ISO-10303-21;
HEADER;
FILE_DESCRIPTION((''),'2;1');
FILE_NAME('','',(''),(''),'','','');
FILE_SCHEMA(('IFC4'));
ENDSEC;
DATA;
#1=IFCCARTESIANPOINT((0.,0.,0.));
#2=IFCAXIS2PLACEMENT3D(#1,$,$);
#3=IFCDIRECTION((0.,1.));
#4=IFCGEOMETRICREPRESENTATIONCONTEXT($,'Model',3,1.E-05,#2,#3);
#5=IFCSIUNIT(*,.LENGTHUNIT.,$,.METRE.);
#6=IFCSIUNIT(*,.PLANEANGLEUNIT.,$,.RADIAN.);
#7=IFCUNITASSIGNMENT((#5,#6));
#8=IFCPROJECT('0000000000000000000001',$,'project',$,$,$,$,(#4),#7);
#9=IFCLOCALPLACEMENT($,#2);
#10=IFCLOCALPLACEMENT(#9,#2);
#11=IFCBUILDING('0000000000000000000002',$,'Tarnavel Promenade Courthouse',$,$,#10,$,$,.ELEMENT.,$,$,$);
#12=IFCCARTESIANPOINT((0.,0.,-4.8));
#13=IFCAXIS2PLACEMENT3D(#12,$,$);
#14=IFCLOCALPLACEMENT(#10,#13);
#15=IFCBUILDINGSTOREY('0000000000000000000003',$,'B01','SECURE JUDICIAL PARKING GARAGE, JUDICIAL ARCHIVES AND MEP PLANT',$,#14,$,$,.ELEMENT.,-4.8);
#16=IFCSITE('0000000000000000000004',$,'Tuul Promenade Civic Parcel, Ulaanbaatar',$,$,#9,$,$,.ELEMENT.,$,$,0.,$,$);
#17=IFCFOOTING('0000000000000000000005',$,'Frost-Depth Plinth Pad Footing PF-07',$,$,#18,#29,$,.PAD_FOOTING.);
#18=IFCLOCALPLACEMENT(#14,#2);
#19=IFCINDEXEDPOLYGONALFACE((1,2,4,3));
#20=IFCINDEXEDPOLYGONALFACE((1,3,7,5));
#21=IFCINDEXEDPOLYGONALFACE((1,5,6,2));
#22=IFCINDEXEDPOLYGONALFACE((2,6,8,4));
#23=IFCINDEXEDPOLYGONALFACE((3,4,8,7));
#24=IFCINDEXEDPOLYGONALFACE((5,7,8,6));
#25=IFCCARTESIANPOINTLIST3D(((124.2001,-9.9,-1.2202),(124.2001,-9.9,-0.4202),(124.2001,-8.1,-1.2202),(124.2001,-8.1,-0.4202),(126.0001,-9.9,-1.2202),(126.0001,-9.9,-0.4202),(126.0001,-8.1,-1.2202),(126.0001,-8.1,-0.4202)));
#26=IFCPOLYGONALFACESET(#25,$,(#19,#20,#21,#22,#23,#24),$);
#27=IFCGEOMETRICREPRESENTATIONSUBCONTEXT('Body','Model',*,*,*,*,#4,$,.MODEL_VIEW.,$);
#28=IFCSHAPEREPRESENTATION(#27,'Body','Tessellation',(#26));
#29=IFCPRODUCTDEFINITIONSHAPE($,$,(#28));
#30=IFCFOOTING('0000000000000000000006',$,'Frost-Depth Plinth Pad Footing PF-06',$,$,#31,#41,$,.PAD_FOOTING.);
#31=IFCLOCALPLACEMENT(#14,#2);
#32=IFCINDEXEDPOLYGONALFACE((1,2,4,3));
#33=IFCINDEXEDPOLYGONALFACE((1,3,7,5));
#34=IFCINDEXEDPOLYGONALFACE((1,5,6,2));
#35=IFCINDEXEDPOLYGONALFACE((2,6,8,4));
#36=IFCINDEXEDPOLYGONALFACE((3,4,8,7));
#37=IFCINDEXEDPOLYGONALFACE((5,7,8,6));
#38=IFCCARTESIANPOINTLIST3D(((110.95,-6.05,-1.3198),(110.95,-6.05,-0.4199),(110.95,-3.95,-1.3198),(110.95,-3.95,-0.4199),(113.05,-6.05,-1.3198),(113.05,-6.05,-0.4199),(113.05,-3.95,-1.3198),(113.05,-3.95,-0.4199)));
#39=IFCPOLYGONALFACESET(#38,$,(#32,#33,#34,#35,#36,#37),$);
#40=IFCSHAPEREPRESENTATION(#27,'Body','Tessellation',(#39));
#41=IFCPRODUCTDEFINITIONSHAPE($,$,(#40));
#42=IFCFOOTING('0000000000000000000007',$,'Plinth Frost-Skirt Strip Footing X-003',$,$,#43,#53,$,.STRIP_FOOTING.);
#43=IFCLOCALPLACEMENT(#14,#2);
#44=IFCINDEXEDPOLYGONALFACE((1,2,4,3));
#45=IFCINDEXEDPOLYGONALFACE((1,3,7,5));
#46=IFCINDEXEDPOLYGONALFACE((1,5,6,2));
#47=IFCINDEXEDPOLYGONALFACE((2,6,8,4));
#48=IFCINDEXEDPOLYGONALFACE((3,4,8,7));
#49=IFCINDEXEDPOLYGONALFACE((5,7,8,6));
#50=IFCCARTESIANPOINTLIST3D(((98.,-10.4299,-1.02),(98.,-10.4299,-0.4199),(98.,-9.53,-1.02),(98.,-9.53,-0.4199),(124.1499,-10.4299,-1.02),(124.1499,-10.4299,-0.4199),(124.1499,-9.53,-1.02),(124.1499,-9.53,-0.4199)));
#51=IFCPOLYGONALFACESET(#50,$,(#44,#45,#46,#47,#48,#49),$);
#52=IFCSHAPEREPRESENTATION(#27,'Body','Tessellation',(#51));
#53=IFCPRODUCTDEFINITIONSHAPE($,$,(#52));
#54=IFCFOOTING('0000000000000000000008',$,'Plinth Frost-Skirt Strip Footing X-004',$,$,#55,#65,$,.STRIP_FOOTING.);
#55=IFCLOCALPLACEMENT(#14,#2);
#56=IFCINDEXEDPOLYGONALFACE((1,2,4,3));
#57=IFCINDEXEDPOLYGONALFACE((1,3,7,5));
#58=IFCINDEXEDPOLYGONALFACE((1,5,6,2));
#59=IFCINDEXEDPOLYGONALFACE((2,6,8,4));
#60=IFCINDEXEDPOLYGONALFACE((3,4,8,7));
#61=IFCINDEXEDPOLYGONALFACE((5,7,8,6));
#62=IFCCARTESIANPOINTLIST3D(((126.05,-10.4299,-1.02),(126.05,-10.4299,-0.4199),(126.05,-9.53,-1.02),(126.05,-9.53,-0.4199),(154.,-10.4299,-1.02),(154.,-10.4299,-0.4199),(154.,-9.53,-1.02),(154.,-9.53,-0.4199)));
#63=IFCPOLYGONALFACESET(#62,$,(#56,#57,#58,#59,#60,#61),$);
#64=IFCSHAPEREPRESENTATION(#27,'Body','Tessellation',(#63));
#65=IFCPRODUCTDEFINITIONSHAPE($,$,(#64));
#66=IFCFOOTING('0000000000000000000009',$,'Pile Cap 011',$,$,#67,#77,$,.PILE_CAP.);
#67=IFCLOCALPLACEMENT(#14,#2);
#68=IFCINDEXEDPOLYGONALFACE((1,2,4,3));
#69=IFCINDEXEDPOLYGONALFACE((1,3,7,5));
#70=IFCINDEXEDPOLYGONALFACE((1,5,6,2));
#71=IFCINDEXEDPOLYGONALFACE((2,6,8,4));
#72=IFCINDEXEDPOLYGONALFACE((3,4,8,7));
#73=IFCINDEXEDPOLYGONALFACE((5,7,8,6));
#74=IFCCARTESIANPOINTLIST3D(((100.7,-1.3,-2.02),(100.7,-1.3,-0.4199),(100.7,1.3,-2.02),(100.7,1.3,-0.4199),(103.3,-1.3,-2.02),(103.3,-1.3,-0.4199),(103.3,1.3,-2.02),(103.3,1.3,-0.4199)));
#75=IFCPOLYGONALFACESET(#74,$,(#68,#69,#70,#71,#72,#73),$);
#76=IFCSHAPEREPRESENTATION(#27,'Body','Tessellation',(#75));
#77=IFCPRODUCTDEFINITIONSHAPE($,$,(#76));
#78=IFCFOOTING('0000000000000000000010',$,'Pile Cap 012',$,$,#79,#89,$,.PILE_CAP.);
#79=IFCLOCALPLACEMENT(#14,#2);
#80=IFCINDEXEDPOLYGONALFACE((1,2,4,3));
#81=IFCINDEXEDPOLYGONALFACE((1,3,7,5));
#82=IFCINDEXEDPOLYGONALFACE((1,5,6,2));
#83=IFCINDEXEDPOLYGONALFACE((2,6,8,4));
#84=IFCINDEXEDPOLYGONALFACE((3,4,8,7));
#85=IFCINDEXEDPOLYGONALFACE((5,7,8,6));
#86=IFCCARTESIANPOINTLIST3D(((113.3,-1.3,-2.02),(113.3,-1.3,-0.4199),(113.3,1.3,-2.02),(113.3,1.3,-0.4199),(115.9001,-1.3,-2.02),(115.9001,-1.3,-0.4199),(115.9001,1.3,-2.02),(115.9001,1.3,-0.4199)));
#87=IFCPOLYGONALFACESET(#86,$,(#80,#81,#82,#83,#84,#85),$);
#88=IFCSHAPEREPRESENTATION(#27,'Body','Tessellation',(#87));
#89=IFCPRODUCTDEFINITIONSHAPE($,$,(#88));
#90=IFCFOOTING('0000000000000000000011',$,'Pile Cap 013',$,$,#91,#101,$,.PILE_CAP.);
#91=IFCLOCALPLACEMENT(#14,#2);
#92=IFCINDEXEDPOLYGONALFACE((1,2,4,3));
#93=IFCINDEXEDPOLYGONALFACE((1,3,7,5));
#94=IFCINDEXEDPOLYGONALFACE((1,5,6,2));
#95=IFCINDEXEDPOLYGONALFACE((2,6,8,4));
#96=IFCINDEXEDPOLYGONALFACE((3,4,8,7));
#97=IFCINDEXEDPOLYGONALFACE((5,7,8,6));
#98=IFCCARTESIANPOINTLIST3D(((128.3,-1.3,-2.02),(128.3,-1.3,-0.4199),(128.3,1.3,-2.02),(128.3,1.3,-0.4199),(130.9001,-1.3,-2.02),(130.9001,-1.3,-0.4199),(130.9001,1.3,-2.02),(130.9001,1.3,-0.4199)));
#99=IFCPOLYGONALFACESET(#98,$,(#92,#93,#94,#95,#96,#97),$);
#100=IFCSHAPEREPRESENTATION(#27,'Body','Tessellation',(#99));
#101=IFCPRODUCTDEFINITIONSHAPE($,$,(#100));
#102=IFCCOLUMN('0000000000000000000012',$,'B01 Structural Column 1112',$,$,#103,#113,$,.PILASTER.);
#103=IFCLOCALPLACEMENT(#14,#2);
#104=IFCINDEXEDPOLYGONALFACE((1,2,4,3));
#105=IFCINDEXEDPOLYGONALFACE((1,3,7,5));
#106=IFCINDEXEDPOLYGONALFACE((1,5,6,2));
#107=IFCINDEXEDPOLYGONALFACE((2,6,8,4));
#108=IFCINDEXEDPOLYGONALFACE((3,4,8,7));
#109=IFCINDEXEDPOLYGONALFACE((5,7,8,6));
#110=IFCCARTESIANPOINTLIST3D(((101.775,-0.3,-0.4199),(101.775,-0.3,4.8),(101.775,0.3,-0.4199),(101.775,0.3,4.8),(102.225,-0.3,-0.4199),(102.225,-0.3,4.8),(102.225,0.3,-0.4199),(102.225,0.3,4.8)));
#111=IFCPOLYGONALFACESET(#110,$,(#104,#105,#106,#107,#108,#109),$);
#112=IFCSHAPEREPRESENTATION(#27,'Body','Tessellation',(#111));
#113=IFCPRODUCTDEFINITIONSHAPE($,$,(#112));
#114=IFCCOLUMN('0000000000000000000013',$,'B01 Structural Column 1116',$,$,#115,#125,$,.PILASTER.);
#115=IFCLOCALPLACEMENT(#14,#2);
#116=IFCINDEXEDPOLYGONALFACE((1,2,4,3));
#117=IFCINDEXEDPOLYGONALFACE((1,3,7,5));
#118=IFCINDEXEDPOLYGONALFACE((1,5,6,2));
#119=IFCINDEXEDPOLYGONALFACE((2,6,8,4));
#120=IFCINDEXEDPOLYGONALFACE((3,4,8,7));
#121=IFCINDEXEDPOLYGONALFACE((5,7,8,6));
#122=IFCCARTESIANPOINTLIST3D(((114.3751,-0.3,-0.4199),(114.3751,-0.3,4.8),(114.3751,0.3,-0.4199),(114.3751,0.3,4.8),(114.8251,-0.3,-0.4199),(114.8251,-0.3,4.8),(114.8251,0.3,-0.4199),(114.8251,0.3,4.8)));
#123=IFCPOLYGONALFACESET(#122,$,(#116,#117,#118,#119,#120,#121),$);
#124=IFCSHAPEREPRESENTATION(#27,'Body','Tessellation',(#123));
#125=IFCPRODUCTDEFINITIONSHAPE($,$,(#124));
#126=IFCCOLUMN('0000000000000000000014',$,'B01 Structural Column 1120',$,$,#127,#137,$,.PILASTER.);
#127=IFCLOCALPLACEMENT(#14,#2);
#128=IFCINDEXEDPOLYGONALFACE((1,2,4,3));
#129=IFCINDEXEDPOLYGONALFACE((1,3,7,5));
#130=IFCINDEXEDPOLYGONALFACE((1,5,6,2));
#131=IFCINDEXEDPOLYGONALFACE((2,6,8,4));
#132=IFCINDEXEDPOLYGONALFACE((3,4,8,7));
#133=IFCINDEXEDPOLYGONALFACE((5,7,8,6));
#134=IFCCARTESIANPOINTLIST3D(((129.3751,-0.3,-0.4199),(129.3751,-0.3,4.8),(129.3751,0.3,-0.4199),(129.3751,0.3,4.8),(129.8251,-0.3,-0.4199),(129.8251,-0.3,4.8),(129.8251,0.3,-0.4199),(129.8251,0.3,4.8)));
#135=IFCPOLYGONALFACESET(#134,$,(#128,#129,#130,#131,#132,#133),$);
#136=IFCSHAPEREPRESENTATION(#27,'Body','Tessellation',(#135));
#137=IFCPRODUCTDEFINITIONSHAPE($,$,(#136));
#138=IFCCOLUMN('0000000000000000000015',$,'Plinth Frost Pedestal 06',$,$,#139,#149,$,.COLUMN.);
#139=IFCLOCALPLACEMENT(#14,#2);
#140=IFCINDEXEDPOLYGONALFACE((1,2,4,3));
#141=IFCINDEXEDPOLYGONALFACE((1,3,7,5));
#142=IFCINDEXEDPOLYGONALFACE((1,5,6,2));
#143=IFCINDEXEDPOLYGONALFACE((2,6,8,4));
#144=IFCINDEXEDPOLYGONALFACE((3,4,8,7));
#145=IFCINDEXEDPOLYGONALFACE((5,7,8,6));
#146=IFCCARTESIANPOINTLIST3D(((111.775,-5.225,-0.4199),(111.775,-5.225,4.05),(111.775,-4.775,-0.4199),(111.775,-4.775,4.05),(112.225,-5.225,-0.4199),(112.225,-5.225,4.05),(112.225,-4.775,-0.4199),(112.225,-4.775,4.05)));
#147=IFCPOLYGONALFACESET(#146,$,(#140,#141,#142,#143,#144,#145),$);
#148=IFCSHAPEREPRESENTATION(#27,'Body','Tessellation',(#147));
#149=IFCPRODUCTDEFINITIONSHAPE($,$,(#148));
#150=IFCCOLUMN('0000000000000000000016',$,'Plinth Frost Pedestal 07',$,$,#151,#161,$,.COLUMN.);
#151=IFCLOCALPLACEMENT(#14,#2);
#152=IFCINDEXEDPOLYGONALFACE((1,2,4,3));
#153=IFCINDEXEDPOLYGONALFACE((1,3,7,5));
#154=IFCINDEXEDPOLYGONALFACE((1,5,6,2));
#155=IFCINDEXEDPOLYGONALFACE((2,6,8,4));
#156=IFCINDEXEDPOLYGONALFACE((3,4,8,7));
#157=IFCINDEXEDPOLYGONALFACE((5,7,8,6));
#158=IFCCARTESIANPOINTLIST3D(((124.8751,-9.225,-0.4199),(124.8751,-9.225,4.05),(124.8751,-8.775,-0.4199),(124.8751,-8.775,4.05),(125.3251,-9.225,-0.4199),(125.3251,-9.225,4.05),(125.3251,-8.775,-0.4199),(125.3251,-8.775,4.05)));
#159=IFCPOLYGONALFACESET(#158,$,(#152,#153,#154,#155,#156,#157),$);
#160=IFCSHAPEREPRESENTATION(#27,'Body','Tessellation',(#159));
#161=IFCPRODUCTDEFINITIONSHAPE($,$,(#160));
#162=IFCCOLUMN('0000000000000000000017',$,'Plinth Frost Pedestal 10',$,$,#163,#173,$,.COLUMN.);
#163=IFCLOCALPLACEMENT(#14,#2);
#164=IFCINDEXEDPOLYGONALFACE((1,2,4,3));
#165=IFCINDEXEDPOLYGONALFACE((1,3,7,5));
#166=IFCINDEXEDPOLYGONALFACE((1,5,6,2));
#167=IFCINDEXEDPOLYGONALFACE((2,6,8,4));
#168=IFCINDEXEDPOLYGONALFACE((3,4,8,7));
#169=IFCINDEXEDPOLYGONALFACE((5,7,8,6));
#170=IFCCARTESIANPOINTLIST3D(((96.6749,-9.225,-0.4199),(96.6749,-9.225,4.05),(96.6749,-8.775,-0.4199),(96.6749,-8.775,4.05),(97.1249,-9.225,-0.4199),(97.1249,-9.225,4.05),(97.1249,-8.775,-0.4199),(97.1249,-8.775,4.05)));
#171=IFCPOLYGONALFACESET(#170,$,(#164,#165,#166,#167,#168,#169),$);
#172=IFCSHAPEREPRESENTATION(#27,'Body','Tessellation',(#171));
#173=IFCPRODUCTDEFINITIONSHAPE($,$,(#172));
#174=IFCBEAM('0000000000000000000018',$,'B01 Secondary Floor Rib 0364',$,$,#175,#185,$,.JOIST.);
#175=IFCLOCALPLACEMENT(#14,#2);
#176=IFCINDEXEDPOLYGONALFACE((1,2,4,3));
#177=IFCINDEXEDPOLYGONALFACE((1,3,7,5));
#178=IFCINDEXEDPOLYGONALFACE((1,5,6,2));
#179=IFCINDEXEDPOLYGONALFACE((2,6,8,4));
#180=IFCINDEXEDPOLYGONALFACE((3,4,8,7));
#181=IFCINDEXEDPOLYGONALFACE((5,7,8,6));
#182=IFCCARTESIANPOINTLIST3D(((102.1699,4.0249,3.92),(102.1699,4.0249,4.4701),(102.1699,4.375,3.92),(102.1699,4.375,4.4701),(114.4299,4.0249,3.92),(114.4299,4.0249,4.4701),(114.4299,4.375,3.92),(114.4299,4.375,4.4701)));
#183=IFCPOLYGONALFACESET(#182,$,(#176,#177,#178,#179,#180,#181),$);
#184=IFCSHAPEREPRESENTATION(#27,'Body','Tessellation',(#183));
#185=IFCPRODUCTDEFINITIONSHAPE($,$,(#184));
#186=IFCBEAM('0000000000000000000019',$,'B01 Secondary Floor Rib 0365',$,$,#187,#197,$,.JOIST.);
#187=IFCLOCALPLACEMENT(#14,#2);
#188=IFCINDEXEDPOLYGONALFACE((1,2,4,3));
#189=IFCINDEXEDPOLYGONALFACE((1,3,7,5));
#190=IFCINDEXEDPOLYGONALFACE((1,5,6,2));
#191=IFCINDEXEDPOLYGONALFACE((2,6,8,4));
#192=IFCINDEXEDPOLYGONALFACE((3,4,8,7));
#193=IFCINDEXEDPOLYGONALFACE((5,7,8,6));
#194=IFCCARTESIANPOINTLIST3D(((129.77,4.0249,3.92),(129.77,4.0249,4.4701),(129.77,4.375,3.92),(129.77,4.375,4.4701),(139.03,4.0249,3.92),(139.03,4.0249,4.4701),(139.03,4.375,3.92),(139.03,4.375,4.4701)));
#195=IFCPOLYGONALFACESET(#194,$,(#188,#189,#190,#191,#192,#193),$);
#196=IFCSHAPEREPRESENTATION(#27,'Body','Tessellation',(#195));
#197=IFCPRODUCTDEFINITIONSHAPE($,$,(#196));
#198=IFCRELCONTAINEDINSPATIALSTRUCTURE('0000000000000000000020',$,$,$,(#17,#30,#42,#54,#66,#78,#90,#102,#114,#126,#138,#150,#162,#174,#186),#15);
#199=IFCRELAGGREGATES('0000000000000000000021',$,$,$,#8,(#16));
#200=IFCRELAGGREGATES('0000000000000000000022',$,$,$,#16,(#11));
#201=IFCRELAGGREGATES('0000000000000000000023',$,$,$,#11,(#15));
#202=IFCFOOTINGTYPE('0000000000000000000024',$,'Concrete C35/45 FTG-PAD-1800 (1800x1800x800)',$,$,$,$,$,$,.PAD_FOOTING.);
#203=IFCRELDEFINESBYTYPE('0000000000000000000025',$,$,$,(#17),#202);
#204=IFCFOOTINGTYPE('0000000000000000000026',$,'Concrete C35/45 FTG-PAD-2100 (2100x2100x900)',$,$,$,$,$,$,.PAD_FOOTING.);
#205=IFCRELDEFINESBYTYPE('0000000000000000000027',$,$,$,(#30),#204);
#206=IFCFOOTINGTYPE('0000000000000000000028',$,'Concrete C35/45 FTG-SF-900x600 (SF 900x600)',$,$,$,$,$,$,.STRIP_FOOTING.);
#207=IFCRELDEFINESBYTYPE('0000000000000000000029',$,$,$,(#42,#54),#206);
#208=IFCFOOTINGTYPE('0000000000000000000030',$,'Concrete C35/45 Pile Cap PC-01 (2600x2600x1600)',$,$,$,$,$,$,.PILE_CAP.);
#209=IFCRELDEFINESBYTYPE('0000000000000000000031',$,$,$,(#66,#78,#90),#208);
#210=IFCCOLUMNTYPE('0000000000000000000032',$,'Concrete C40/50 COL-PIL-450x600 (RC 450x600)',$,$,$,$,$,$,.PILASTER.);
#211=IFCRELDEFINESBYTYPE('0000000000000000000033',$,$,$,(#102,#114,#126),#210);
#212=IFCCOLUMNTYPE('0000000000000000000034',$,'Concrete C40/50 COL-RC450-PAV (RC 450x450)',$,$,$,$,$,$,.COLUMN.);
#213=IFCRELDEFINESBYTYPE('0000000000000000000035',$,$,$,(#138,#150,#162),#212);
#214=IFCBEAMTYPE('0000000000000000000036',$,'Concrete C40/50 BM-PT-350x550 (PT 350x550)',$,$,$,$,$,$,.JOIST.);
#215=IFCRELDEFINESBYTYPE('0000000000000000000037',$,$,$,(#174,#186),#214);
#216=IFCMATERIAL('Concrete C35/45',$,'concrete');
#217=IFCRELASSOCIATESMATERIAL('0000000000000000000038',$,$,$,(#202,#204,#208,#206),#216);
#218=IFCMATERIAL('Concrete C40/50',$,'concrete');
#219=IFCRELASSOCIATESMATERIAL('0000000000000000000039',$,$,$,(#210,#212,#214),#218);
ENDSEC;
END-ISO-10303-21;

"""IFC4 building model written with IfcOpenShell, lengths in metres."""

from ifc_helpers import new_model, si_unit, direction, frame, origin, origin_2d, place, context, subcontext, project, spatial, rectangle, extrude, material, material_profile, profile_set, type_object, element, save


model = new_model("IFC4")

# Units and contexts
model_context = context("Model", 3, precision=1e-05, world=origin(), true_north=direction((0.0, 1.0)))
body_context = subcontext(model_context, "Body", "Model", "MODEL_VIEW")
ifc_project = project(units=[si_unit("LENGTHUNIT", "METRE"), si_unit("PLANEANGLEUNIT", "RADIAN")], contexts=[model_context])

# Site, building, storey
site_placement = place(None, origin())
site = spatial("IfcSite", under=ifc_project, at=site_placement, Name="Tuul Promenade Civic Parcel, Ulaanbaatar", CompositionType="ELEMENT", RefElevation=0.0)
building_placement = place(site_placement, origin())
building = spatial("IfcBuilding", under=site, at=building_placement, Name="Tarnavel Promenade Courthouse", CompositionType="ELEMENT")
storey_placement = place(building_placement, frame((0.0, 0.0, -4.8)))
storey = spatial("IfcBuildingStorey", under=building, at=storey_placement, Name="B01", Description="SECURE JUDICIAL PARKING GARAGE, JUDICIAL ARCHIVES AND MEP PLANT", CompositionType="ELEMENT", Elevation=-4.8)

# Footings
ifc_material_1 = material(Name="Concrete C35/45", Category="concrete")
footing_type_1 = type_object("IfcFootingType", Name="Concrete C35/45 FTG-PAD-1800 (1800x1800x800)", PredefinedType="PAD_FOOTING", material=ifc_material_1)
footing_1_placement = place(storey_placement, frame((125.1001, -9.0, -1.2202), z_axis=(0.0, 0.0, 1.0), x_axis=(1.0, 0.0, 0.0)))
element("IfcFooting", 1, at=footing_1_placement, inside=storey, type_object=footing_type_1, Name="Frost-Depth Plinth Pad Footing PF-07", PredefinedType="PAD_FOOTING", context=body_context, shape_type="SweptSolid", body=[
    extrude(rectangle(XDim=1.8, YDim=1.8, at=origin_2d()), origin(), (0.0, 0.0, 1.0), 0.8),
])
footing_type_2 = type_object("IfcFootingType", Name="Concrete C35/45 FTG-PAD-2100 (2100x2100x900)", PredefinedType="PAD_FOOTING", material=ifc_material_1)
footing_2_placement = place(storey_placement, frame((112.0, -5.0, -1.3198), z_axis=(0.0, 0.0, 1.0), x_axis=(1.0, 0.0, 0.0)))
element("IfcFooting", 2, at=footing_2_placement, inside=storey, type_object=footing_type_2, Name="Frost-Depth Plinth Pad Footing PF-06", PredefinedType="PAD_FOOTING", context=body_context, shape_type="SweptSolid", body=[
    extrude(rectangle(XDim=2.1001, YDim=2.1001, at=origin_2d()), origin(), (0.0, 0.0, 1.0), 0.8999),
])
ifc_material_profile_1 = material_profile(ifc_material_1, rectangle(XDim=0.8999, YDim=0.6001, at=origin_2d()), Name="SF 900x600")
ifc_profile_set_1 = profile_set([ifc_material_profile_1], Name="Concrete C35/45")
footing_type_3 = type_object("IfcFootingType", Name="Concrete C35/45 FTG-SF-900x600 (SF 900x600)", PredefinedType="STRIP_FOOTING", material=ifc_profile_set_1)
footing_3_placement = place(storey_placement, frame((98.0, -9.98, -0.72), z_axis=(1.0, 0.0, 0.0), x_axis=(0.0, 1.0, 0.0)))
element("IfcFooting", 3, at=footing_3_placement, inside=storey, type_object=footing_type_3, Name="Plinth Frost-Skirt Strip Footing X-003", PredefinedType="STRIP_FOOTING", context=body_context, shape_type="SweptSolid", body=[
    extrude(rectangle(XDim=0.8999, YDim=0.6001, at=origin_2d()), origin(), (0.0, 0.0, 1.0), 26.1499),
])
footing_4_placement = place(storey_placement, frame((126.05, -9.98, -0.72), z_axis=(1.0, 0.0, 0.0), x_axis=(0.0, 1.0, 0.0)))
element("IfcFooting", 4, at=footing_4_placement, inside=storey, type_object=footing_type_3, Name="Plinth Frost-Skirt Strip Footing X-004", PredefinedType="STRIP_FOOTING", context=body_context, shape_type="SweptSolid", body=[
    extrude(rectangle(XDim=0.8999, YDim=0.6001, at=origin_2d()), origin(), (0.0, 0.0, 1.0), 27.95),
])
footing_type_4 = type_object("IfcFootingType", Name="Concrete C35/45 Pile Cap PC-01 (2600x2600x1600)", PredefinedType="PILE_CAP", material=ifc_material_1)
for number, where, z_axis, x_axis, name in (
    (5, (102.0, 0.0, -2.02), (0.0, 0.0, 1.0), (1.0, 0.0, 0.0), "Pile Cap 011"),
    (6, (114.6001, 0.0, -2.02), (0.0, 0.0, 1.0), (1.0, 0.0, 0.0), "Pile Cap 012"),
    (7, (129.6001, 0.0, -2.02), (0.0, 0.0, 1.0), (1.0, 0.0, 0.0), "Pile Cap 013"),
):
    element("IfcFooting", number, at=place(storey_placement, frame(where, z_axis=z_axis, x_axis=x_axis)), inside=storey, type_object=footing_type_4, Name=name, PredefinedType="PILE_CAP", context=body_context, shape_type="SweptSolid", body=[
        extrude(rectangle(XDim=2.6001, YDim=2.6001, at=origin_2d()), origin(), (0.0, 0.0, 1.0), 1.6001),
    ])

# Columns
ifc_material_2 = material(Name="Concrete C40/50", Category="concrete")
ifc_material_profile_2 = material_profile(ifc_material_2, rectangle(XDim=0.45, YDim=0.6001, at=origin_2d()), Name="RC 450x600")
ifc_profile_set_2 = profile_set([ifc_material_profile_2], Name="Concrete C40/50")
column_type_1 = type_object("IfcColumnType", Name="Concrete C40/50 COL-PIL-450x600 (RC 450x600)", PredefinedType="PILASTER", material=ifc_profile_set_2)
for number, where, z_axis, x_axis, name in (
    (8, (102.0, 0.0, -0.4199), (0.0, 0.0, 1.0), (1.0, 0.0, 0.0), "B01 Structural Column 1112"),
    (9, (114.6001, 0.0, -0.4199), (0.0, 0.0, 1.0), (1.0, 0.0, 0.0), "B01 Structural Column 1116"),
    (10, (129.6001, 0.0, -0.4199), (0.0, 0.0, 1.0), (1.0, 0.0, 0.0), "B01 Structural Column 1120"),
):
    element("IfcColumn", number, at=place(storey_placement, frame(where, z_axis=z_axis, x_axis=x_axis)), inside=storey, type_object=column_type_1, Name=name, PredefinedType="PILASTER", context=body_context, shape_type="SweptSolid", body=[
        extrude(rectangle(XDim=0.45, YDim=0.6001, at=origin_2d()), origin(), (0.0, 0.0, 1.0), 5.22),
    ])
ifc_material_profile_3 = material_profile(ifc_material_2, rectangle(XDim=0.45, YDim=0.45, at=origin_2d()), Name="RC 450x450")
ifc_profile_set_3 = profile_set([ifc_material_profile_3], Name="Concrete C40/50")
column_type_2 = type_object("IfcColumnType", Name="Concrete C40/50 COL-RC450-PAV (RC 450x450)", PredefinedType="COLUMN", material=ifc_profile_set_3)
for number, where, z_axis, x_axis, name in (
    (11, (112.0, -5.0, -0.4199), (0.0, 0.0, 1.0), (1.0, 0.0, 0.0), "Plinth Frost Pedestal 06"),
    (12, (125.1001, -9.0, -0.4199), (0.0, 0.0, 1.0), (1.0, 0.0, 0.0), "Plinth Frost Pedestal 07"),
    (13, (96.8999, -9.0, -0.4199), (0.0, 0.0, 1.0), (1.0, 0.0, 0.0), "Plinth Frost Pedestal 10"),
):
    element("IfcColumn", number, at=place(storey_placement, frame(where, z_axis=z_axis, x_axis=x_axis)), inside=storey, type_object=column_type_2, Name=name, PredefinedType="COLUMN", context=body_context, shape_type="SweptSolid", body=[
        extrude(rectangle(XDim=0.45, YDim=0.45, at=origin_2d()), origin(), (0.0, 0.0, 1.0), 4.47),
    ])

# Beams
ifc_material_profile_4 = material_profile(ifc_material_2, rectangle(XDim=0.3501, YDim=0.55, at=origin_2d()), Name="PT 350x550")
ifc_profile_set_4 = profile_set([ifc_material_profile_4], Name="Concrete C40/50")
beam_type_1 = type_object("IfcBeamType", Name="Concrete C40/50 BM-PT-350x550 (PT 350x550)", PredefinedType="JOIST", material=ifc_profile_set_4)
beam_1_placement = place(storey_placement, frame((102.1699, 4.2, 4.1951), z_axis=(1.0, 0.0, 0.0), x_axis=(0.0, 1.0, 0.0)))
element("IfcBeam", 14, at=beam_1_placement, inside=storey, type_object=beam_type_1, Name="B01 Secondary Floor Rib 0364", PredefinedType="JOIST", context=body_context, shape_type="SweptSolid", body=[
    extrude(rectangle(XDim=0.3501, YDim=0.55, at=origin_2d()), origin(), (0.0, 0.0, 1.0), 12.26),
])
beam_2_placement = place(storey_placement, frame((129.77, 4.2, 4.1951), z_axis=(1.0, 0.0, 0.0), x_axis=(0.0, 1.0, 0.0)))
element("IfcBeam", 15, at=beam_2_placement, inside=storey, type_object=beam_type_1, Name="B01 Secondary Floor Rib 0365", PredefinedType="JOIST", context=body_context, shape_type="SweptSolid", body=[
    extrude(rectangle(XDim=0.3501, YDim=0.55, at=origin_2d()), origin(), (0.0, 0.0, 1.0), 9.26),
])

save(model, "model.ifc")
